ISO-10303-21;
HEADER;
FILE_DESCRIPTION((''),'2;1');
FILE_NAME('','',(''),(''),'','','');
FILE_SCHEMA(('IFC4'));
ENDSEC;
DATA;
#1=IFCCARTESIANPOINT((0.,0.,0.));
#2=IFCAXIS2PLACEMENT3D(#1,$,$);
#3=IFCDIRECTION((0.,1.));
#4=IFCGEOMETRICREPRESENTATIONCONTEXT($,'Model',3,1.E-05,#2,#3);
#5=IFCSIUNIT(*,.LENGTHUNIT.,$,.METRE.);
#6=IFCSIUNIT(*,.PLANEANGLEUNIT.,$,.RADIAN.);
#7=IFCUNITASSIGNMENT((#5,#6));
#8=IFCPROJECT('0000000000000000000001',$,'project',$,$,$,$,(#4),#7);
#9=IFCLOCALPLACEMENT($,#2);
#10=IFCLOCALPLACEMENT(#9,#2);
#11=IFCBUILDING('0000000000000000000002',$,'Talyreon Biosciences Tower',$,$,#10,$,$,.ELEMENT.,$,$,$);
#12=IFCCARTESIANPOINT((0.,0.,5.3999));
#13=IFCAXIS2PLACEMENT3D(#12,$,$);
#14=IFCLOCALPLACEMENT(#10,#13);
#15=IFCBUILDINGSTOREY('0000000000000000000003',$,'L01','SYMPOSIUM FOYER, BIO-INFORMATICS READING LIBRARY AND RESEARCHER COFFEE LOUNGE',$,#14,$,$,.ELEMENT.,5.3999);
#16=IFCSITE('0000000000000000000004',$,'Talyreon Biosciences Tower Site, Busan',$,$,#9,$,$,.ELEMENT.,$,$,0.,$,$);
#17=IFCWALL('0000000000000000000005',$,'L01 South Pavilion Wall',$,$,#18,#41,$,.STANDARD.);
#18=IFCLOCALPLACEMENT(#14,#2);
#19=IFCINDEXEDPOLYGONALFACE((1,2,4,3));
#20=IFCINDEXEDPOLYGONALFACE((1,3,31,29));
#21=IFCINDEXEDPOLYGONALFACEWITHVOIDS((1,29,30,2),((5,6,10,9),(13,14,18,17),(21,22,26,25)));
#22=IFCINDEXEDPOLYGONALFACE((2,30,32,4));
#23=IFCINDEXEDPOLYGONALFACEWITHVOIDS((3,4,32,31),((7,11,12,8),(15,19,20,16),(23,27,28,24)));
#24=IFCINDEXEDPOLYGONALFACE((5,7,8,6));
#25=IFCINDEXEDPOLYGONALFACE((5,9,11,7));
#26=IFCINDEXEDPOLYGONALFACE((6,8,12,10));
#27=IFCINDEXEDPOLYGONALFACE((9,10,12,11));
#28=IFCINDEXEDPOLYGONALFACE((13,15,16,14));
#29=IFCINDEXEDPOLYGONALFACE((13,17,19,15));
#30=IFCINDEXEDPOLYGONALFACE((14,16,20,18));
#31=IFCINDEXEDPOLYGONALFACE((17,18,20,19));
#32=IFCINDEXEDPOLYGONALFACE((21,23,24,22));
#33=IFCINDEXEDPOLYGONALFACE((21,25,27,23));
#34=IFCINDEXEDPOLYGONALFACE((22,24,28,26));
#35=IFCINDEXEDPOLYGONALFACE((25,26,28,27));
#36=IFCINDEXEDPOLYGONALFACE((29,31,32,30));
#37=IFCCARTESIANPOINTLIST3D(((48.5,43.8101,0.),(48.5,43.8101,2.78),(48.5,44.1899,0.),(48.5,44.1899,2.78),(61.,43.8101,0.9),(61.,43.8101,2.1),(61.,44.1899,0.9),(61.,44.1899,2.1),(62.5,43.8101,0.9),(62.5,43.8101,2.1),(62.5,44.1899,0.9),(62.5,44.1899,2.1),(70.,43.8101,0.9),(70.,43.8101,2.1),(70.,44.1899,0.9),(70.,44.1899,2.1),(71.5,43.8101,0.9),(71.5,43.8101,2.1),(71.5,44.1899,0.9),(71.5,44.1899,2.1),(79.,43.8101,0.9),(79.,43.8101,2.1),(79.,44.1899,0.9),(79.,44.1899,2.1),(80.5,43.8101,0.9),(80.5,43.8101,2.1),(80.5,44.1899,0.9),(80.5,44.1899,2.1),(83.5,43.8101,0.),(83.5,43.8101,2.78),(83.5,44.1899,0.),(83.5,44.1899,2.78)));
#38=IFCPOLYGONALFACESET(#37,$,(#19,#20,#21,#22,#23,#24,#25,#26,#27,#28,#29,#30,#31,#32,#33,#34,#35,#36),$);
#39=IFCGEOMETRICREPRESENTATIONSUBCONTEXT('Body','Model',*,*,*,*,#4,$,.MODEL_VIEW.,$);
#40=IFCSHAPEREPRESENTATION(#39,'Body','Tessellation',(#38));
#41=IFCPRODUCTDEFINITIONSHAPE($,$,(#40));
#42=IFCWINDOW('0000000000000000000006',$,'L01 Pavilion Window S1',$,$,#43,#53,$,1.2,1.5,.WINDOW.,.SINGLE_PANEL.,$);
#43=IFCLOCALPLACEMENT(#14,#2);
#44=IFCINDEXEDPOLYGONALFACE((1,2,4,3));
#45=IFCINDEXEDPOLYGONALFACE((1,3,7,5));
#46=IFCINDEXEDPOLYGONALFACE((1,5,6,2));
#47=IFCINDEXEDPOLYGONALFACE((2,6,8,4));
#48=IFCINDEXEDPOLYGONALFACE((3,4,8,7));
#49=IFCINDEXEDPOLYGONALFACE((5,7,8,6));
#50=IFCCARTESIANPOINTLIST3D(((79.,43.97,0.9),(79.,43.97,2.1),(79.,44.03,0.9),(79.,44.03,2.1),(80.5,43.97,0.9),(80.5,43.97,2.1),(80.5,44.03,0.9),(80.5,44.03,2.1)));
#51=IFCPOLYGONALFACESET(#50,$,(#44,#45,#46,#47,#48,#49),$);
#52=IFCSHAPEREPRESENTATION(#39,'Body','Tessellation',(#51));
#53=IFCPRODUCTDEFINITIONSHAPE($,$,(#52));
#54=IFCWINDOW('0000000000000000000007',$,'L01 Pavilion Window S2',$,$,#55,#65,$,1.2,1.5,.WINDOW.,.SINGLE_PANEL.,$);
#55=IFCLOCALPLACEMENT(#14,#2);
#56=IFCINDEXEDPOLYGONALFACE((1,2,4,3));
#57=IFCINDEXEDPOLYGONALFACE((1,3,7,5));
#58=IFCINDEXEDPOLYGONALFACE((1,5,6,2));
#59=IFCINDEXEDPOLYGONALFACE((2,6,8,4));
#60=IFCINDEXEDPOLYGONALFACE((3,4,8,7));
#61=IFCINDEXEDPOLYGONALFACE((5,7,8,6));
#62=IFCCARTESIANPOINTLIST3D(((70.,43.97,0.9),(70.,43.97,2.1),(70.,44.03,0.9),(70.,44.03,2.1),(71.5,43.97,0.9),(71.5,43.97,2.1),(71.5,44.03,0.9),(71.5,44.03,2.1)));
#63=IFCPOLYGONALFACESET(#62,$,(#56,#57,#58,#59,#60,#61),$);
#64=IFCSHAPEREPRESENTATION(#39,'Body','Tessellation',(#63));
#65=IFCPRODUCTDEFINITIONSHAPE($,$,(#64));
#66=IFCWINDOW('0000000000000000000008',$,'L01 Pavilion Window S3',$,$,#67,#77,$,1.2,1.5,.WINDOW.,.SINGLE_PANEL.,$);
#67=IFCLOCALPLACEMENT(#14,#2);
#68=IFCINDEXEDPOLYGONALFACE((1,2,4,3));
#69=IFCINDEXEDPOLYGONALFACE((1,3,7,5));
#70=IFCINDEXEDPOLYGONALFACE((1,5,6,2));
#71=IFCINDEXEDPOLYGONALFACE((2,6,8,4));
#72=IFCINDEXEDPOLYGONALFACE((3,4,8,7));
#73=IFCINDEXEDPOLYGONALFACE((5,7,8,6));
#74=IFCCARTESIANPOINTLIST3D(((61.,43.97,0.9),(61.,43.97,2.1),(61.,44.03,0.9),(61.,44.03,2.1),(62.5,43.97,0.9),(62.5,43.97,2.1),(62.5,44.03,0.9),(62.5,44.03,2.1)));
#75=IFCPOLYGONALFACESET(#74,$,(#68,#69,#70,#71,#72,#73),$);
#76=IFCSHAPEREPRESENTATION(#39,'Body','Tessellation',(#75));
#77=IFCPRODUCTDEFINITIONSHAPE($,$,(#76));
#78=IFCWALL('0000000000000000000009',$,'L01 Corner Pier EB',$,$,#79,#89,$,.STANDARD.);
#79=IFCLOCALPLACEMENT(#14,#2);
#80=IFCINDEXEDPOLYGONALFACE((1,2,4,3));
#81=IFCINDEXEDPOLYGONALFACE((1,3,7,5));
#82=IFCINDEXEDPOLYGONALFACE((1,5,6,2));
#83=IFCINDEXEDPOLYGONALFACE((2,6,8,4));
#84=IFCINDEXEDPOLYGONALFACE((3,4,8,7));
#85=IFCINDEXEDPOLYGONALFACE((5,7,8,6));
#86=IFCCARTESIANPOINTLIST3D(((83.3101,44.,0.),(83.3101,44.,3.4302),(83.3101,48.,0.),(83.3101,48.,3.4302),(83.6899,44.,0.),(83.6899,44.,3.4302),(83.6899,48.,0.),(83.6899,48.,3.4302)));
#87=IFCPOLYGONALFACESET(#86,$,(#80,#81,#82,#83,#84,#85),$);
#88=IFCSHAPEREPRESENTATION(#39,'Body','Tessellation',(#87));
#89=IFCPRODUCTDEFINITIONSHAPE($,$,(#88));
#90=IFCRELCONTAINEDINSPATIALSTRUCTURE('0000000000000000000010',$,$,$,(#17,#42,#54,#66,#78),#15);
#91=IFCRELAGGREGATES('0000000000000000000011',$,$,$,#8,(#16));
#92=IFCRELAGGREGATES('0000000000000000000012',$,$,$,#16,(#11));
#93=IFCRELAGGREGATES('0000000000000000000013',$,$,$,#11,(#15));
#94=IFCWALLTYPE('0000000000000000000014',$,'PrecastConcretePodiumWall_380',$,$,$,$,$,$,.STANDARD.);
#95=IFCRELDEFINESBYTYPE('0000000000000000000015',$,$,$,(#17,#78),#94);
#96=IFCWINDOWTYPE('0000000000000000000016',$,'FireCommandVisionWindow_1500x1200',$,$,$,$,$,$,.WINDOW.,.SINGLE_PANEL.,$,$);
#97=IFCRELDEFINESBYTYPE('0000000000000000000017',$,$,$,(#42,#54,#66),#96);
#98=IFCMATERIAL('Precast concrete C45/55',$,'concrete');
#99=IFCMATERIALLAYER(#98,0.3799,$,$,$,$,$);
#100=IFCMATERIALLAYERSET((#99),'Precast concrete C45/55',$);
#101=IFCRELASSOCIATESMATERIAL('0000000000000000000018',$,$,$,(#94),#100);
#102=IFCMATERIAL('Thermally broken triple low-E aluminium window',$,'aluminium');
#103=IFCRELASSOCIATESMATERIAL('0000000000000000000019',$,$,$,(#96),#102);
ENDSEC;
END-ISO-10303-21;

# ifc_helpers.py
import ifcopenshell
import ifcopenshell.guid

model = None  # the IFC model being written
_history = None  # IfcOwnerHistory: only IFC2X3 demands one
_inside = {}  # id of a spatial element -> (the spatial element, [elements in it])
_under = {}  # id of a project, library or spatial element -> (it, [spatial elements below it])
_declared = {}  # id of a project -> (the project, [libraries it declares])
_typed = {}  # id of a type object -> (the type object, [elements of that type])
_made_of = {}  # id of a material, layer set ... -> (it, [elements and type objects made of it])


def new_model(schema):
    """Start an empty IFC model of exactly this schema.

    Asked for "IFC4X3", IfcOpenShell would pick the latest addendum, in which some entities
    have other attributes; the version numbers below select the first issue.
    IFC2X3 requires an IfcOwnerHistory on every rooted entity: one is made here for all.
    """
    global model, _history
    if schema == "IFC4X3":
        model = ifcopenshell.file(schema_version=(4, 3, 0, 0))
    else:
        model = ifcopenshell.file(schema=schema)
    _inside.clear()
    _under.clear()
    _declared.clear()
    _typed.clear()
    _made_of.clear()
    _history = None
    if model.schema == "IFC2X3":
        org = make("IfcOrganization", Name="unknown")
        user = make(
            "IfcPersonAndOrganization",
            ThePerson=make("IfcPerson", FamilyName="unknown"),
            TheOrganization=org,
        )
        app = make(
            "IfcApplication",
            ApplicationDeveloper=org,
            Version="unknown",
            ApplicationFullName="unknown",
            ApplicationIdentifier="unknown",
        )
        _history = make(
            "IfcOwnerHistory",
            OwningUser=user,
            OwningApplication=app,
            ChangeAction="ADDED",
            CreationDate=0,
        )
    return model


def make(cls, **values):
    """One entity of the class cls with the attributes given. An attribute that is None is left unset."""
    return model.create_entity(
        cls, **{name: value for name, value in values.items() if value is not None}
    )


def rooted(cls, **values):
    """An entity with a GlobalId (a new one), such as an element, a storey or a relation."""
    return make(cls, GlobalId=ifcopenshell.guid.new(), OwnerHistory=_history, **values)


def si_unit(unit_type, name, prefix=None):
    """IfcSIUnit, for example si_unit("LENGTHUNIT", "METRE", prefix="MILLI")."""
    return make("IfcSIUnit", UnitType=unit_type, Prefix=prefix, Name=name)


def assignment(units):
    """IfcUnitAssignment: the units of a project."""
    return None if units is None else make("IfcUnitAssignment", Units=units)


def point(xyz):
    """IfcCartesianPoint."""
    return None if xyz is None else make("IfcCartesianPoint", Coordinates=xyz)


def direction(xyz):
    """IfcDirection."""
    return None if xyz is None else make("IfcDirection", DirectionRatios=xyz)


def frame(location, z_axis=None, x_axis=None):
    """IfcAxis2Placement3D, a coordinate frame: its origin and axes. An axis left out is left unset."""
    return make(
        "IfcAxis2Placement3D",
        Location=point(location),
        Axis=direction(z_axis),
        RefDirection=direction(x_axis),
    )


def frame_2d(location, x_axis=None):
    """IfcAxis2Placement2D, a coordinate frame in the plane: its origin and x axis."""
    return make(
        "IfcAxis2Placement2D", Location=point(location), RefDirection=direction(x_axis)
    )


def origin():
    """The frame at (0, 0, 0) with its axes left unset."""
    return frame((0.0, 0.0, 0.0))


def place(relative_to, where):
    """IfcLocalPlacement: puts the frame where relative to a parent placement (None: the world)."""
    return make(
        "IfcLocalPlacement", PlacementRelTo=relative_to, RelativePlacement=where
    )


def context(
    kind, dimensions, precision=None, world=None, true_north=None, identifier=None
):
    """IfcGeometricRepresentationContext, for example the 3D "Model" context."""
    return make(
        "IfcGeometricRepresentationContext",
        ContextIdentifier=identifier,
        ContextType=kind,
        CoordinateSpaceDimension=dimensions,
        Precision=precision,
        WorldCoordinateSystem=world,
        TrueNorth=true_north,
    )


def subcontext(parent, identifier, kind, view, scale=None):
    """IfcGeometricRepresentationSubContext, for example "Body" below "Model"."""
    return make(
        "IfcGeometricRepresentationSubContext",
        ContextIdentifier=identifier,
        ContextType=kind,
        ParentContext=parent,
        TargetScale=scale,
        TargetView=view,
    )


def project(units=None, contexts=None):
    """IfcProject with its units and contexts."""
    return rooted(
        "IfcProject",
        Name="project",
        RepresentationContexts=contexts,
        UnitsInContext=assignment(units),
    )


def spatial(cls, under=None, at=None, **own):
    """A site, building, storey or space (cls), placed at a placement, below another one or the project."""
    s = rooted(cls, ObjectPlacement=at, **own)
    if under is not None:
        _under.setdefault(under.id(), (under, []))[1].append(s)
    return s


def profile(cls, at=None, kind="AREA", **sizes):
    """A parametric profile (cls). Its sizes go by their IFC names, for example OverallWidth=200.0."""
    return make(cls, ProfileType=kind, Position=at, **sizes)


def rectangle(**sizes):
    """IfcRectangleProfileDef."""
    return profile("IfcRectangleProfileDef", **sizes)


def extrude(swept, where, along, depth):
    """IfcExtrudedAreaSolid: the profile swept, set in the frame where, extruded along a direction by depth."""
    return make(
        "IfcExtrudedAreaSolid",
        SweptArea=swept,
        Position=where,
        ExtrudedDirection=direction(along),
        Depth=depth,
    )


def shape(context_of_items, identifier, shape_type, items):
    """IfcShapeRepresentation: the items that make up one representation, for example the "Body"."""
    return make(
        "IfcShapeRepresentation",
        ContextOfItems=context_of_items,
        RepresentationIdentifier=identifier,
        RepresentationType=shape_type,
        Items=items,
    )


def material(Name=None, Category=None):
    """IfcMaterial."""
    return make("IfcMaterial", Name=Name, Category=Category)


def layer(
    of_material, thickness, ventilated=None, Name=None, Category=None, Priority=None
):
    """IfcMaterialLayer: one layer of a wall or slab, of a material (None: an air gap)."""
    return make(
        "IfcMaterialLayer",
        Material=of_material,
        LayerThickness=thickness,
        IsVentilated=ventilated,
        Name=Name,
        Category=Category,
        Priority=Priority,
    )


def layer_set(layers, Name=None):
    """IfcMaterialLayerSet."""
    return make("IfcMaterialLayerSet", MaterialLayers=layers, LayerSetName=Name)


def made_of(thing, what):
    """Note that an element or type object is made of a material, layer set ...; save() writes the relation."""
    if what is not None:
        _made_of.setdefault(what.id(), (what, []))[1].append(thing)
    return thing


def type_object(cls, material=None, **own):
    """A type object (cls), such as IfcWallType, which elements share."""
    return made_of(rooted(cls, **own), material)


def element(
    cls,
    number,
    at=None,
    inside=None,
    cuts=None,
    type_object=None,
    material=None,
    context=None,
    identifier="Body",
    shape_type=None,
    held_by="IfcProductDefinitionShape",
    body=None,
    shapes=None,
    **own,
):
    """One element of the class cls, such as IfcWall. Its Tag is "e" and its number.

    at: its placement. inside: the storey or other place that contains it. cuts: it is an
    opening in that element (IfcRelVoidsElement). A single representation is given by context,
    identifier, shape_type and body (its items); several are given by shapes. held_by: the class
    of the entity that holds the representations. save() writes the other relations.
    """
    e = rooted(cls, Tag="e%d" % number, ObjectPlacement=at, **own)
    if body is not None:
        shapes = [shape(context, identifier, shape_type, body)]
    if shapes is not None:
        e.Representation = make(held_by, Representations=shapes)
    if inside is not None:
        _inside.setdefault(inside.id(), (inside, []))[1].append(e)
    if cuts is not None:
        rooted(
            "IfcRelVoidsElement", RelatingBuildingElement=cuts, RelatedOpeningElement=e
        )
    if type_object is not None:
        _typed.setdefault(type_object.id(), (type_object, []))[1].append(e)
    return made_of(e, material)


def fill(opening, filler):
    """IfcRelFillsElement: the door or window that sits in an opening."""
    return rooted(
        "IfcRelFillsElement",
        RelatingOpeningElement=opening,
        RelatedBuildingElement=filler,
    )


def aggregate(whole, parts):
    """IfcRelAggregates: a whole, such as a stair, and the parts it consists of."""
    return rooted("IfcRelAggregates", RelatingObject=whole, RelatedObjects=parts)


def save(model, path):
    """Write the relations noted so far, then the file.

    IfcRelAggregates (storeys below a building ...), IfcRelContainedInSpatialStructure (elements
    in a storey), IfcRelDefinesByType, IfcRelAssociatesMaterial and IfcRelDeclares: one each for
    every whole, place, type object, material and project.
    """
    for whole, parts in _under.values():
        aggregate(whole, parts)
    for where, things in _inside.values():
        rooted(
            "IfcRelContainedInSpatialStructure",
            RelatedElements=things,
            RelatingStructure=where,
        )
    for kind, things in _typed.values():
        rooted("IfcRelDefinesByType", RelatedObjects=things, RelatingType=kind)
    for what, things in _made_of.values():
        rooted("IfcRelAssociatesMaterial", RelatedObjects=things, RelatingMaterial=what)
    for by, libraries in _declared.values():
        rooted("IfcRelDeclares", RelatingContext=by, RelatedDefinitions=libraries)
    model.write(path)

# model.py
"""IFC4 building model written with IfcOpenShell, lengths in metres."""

from ifc_helpers import new_model, si_unit, direction, frame, frame_2d, origin, place, context, subcontext, project, spatial, rectangle, extrude, material, layer, layer_set, type_object, element, fill, save


model = new_model("IFC4")

# Units and contexts
model_context = context("Model", 3, precision=1e-05, world=origin(), true_north=direction((0.0, 1.0)))
body_context = subcontext(model_context, "Body", "Model", "MODEL_VIEW")
ifc_project = project(units=[si_unit("LENGTHUNIT", "METRE"), si_unit("PLANEANGLEUNIT", "RADIAN")], contexts=[model_context])

# Site, building, storey
site_placement = place(None, origin())
site = spatial("IfcSite", under=ifc_project, at=site_placement, Name="Talyreon Biosciences Tower Site, Busan", CompositionType="ELEMENT", RefElevation=0.0)
building_placement = place(site_placement, origin())
building = spatial("IfcBuilding", under=site, at=building_placement, Name="Talyreon Biosciences Tower", CompositionType="ELEMENT")
storey_placement = place(building_placement, frame((0.0, 0.0, 5.3999)))
storey = spatial("IfcBuildingStorey", under=building, at=storey_placement, Name="L01", Description="SYMPOSIUM FOYER, BIO-INFORMATICS READING LIBRARY AND RESEARCHER COFFEE LOUNGE", CompositionType="ELEMENT", Elevation=5.3999)

# Wall, openings, windows
ifc_material_1 = material(Name="Precast concrete C45/55", Category="concrete")
ifc_layer_1 = layer(ifc_material_1, 0.3799)
ifc_layer_set_1 = layer_set([ifc_layer_1], Name="Precast concrete C45/55")
wall_type = type_object("IfcWallType", Name="PrecastConcretePodiumWall_380", PredefinedType="STANDARD", material=ifc_layer_set_1)
wall_1_placement = place(storey_placement, frame((83.5, 44.0, 0.0), z_axis=(0.0, 0.0, 1.0), x_axis=(-1.0, 0.0, 0.0)))
wall_1 = element("IfcWall", 1, at=wall_1_placement, inside=storey, type_object=wall_type, Name="L01 South Pavilion Wall", PredefinedType="STANDARD", context=body_context, shape_type="SweptSolid", body=[
    extrude(rectangle(XDim=35.0, YDim=0.3799, at=frame_2d((17.5, 0.0))), origin(), (0.0, 0.0, 1.0), 2.78),
])
opening_1_placement = place(wall_1_placement, frame((3.0, 0.0, 0.8999)))
opening_1 = element("IfcOpeningElement", 2, at=opening_1_placement, cuts=wall_1, PredefinedType="OPENING", context=body_context, shape_type="SweptSolid", body=[
    extrude(rectangle(XDim=1.5, YDim=1.2, at=frame_2d((0.75, 0.6001))), frame((0.0, 0.2, 0.0), z_axis=(0.0, -1.0, 0.0), x_axis=(1.0, 0.0, 0.0)), (0.0, 0.0, 1.0), 0.3999),
])
opening_2_placement = place(wall_1_placement, frame((12.0, 0.0, 0.8999)))
opening_2 = element("IfcOpeningElement", 3, at=opening_2_placement, cuts=wall_1, PredefinedType="OPENING", context=body_context, shape_type="SweptSolid", body=[
    extrude(rectangle(XDim=1.5, YDim=1.2, at=frame_2d((0.75, 0.6001))), frame((0.0, 0.2, 0.0), z_axis=(0.0, -1.0, 0.0), x_axis=(1.0, 0.0, 0.0)), (0.0, 0.0, 1.0), 0.3999),
])
opening_3_placement = place(wall_1_placement, frame((21.0, 0.0, 0.8999)))
opening_3 = element("IfcOpeningElement", 4, at=opening_3_placement, cuts=wall_1, PredefinedType="OPENING", context=body_context, shape_type="SweptSolid", body=[
    extrude(rectangle(XDim=1.5, YDim=1.2, at=frame_2d((0.75, 0.6001))), frame((0.0, 0.2, 0.0), z_axis=(0.0, -1.0, 0.0), x_axis=(1.0, 0.0, 0.0)), (0.0, 0.0, 1.0), 0.3999),
])
ifc_material_2 = material(Name="Thermally broken triple low-E aluminium window", Category="aluminium")
window_type = type_object("IfcWindowType", Name="FireCommandVisionWindow_1500x1200", PartitioningType="SINGLE_PANEL", PredefinedType="WINDOW", material=ifc_material_2)
window_1_placement = place(opening_1_placement, origin())
window_1 = element("IfcWindow", 5, at=window_1_placement, inside=storey, type_object=window_type, Name="L01 Pavilion Window S1", OverallHeight=1.2, OverallWidth=1.5, PartitioningType="SINGLE_PANEL", PredefinedType="WINDOW", context=body_context, shape_type="SweptSolid", body=[
    extrude(rectangle(XDim=1.5, YDim=1.2, at=frame_2d((0.75, 0.6001))), frame((0.0, 0.03, 0.0), z_axis=(0.0, -1.0, 0.0), x_axis=(1.0, 0.0, 0.0)), (0.0, 0.0, 1.0), 0.0601),
])
fill(opening_1, window_1)
window_2_placement = place(opening_2_placement, origin())
window_2 = element("IfcWindow", 6, at=window_2_placement, inside=storey, type_object=window_type, Name="L01 Pavilion Window S2", OverallHeight=1.2, OverallWidth=1.5, PartitioningType="SINGLE_PANEL", PredefinedType="WINDOW", context=body_context, shape_type="SweptSolid", body=[
    extrude(rectangle(XDim=1.5, YDim=1.2, at=frame_2d((0.75, 0.6001))), frame((0.0, 0.03, 0.0), z_axis=(0.0, -1.0, 0.0), x_axis=(1.0, 0.0, 0.0)), (0.0, 0.0, 1.0), 0.0601),
])
fill(opening_2, window_2)
window_3_placement = place(opening_3_placement, origin())
window_3 = element("IfcWindow", 7, at=window_3_placement, inside=storey, type_object=window_type, Name="L01 Pavilion Window S3", OverallHeight=1.2, OverallWidth=1.5, PartitioningType="SINGLE_PANEL", PredefinedType="WINDOW", context=body_context, shape_type="SweptSolid", body=[
    extrude(rectangle(XDim=1.5, YDim=1.2, at=frame_2d((0.75, 0.6001))), frame((0.0, 0.03, 0.0), z_axis=(0.0, -1.0, 0.0), x_axis=(1.0, 0.0, 0.0)), (0.0, 0.0, 1.0), 0.0601),
])
fill(opening_3, window_3)

# Wall
wall_2_placement = place(storey_placement, frame((83.5, 48.0, 0.0), z_axis=(0.0, 0.0, 1.0), x_axis=(0.0, -1.0, 0.0)))
element("IfcWall", 8, at=wall_2_placement, inside=storey, type_object=wall_type, Name="L01 Corner Pier EB", PredefinedType="STANDARD", context=body_context, shape_type="SweptSolid", body=[
    extrude(rectangle(XDim=4.0, YDim=0.3799, at=frame_2d((2.0, 0.0))), origin(), (0.0, 0.0, 1.0), 3.4302),
])

save(model, "model.ifc")
